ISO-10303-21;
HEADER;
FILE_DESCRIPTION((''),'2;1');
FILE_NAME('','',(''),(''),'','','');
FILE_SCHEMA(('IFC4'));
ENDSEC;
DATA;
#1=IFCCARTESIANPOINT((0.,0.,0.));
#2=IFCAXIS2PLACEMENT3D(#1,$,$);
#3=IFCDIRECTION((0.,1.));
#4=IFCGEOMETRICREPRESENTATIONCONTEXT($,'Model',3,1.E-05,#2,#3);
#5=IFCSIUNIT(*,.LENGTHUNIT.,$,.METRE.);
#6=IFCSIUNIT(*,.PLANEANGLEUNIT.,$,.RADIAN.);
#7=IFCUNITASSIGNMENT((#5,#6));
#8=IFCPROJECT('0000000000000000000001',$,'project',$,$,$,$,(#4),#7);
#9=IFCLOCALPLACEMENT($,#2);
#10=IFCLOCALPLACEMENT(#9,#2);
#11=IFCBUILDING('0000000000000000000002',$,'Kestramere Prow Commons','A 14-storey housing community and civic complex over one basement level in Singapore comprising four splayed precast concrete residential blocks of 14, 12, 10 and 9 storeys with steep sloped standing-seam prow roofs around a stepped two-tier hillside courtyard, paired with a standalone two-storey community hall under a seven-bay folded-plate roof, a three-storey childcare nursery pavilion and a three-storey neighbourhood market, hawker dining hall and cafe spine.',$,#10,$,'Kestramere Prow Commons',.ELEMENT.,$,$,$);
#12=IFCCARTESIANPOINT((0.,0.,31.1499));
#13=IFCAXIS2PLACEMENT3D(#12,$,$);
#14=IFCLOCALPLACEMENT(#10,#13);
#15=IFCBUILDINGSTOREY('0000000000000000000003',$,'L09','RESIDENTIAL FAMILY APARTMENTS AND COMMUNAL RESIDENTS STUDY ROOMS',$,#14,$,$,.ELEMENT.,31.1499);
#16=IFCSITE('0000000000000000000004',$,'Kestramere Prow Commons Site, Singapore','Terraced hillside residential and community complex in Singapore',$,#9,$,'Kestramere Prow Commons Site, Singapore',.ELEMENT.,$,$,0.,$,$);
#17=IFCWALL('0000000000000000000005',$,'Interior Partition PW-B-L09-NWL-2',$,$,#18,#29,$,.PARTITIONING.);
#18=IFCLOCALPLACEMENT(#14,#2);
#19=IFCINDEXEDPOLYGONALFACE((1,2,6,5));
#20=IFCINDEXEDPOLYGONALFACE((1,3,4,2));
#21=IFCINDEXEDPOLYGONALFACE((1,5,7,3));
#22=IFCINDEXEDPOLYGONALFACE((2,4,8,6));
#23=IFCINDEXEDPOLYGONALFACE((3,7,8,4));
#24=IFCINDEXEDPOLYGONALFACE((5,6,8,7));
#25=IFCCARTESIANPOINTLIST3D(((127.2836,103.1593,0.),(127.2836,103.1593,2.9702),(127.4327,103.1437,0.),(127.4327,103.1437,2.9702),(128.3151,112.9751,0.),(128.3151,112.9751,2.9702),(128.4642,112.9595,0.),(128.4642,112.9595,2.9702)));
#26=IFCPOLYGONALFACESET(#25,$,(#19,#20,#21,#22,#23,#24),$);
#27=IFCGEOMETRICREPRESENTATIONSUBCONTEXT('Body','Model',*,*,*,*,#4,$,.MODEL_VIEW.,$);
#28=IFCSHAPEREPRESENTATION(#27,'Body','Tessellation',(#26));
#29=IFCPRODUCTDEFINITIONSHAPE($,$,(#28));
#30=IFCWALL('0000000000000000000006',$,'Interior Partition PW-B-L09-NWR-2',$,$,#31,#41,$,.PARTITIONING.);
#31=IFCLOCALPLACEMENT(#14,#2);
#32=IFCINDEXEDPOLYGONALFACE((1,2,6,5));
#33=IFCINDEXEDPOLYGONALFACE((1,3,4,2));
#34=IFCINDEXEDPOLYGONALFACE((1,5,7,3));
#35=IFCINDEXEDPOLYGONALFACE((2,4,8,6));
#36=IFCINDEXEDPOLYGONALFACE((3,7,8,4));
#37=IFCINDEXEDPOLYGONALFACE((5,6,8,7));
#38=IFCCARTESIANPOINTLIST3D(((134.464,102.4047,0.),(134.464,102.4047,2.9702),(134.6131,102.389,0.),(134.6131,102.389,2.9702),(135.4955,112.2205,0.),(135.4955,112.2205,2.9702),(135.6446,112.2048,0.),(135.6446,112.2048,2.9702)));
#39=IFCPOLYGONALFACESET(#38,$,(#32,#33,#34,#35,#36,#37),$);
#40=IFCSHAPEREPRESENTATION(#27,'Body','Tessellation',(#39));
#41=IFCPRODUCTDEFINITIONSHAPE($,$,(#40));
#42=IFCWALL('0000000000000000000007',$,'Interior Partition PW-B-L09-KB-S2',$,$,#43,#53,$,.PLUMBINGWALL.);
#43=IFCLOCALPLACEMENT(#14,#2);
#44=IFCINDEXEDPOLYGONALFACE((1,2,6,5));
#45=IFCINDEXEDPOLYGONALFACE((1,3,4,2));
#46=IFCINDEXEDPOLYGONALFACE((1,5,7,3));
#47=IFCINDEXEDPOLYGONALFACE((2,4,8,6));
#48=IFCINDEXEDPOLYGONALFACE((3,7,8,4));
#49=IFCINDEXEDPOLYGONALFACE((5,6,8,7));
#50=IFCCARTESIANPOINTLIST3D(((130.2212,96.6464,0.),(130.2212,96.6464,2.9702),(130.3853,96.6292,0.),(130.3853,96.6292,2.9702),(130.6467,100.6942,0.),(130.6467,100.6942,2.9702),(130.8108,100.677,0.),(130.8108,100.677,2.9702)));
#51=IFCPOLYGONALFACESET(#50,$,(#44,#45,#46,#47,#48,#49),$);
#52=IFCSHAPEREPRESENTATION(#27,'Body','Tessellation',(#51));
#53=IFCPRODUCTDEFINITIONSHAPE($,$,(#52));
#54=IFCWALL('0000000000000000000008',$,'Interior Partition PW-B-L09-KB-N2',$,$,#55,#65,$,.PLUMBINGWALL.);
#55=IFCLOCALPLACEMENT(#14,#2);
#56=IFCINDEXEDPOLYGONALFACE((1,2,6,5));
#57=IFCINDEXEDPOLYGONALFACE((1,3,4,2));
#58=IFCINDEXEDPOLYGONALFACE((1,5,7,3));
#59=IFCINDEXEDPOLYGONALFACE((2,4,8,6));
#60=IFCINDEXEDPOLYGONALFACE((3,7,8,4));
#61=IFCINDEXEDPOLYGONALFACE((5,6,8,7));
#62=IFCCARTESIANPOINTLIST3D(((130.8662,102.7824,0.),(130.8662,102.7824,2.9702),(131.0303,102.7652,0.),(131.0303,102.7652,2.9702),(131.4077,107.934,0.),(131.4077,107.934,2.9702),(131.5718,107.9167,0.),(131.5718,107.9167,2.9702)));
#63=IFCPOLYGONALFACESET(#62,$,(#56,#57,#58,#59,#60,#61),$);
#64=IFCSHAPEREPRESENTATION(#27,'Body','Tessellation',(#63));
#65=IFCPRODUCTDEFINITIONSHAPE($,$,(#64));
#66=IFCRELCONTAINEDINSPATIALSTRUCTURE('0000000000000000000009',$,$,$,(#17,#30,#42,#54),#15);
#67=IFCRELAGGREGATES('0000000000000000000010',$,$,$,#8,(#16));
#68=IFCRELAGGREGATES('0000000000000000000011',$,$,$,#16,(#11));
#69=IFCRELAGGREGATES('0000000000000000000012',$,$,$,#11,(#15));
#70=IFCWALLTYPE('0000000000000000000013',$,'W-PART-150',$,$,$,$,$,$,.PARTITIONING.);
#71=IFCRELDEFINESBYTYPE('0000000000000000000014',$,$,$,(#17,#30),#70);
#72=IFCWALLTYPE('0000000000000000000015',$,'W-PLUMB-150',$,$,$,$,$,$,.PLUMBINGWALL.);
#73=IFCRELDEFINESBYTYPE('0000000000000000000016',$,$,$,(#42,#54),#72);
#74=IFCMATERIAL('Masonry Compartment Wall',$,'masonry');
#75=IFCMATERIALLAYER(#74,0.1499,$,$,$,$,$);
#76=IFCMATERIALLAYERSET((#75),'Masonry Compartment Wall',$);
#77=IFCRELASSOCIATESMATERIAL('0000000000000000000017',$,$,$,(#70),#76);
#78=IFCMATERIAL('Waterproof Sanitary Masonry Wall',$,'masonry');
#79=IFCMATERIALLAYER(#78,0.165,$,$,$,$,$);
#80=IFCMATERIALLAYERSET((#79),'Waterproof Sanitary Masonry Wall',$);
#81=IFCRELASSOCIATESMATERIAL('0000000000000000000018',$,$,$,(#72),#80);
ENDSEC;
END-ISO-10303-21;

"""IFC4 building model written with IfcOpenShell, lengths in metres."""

from ifc_helpers import new_model, si_unit, direction, frame, frame_2d, origin, place, context, subcontext, project, spatial, rectangle, extrude, material, layer, layer_set, type_object, element, save


model = new_model("IFC4")

# Units and contexts
model_context = context("Model", 3, precision=1e-05, world=origin(), true_north=direction((0.0, 1.0)))
body_context = subcontext(model_context, "Body", "Model", "MODEL_VIEW")
ifc_project = project(units=[si_unit("LENGTHUNIT", "METRE"), si_unit("PLANEANGLEUNIT", "RADIAN")], contexts=[model_context])

# Site, building, storey
site_placement = place(None, origin())
site = spatial("IfcSite", under=ifc_project, at=site_placement, Name="Kestramere Prow Commons Site, Singapore", Description="Terraced hillside residential and community complex in Singapore", LongName="Kestramere Prow Commons Site, Singapore", CompositionType="ELEMENT", RefElevation=0.0)
building_placement = place(site_placement, origin())
building = spatial("IfcBuilding", under=site, at=building_placement, Name="Kestramere Prow Commons", Description="A 14-storey housing community and civic complex over one basement level in Singapore comprising four splayed precast concrete residential blocks of 14, 12, 10 and 9 storeys with steep sloped standing-seam prow roofs around a stepped two-tier hillside courtyard, paired with a standalone two-storey community hall under a seven-bay folded-plate roof, a three-storey childcare nursery pavilion and a three-storey neighbourhood market, hawker dining hall and cafe spine.", LongName="Kestramere Prow Commons", CompositionType="ELEMENT")
storey_placement = place(building_placement, frame((0.0, 0.0, 31.1499)))
storey = spatial("IfcBuildingStorey", under=building, at=storey_placement, Name="L09", Description="RESIDENTIAL FAMILY APARTMENTS AND COMMUNAL RESIDENTS STUDY ROOMS", CompositionType="ELEMENT", Elevation=31.1499)

# Walls
ifc_material_1 = material(Name="Masonry Compartment Wall", Category="masonry")
ifc_layer_1 = layer(ifc_material_1, 0.1499)
ifc_layer_set_1 = layer_set([ifc_layer_1], Name="Masonry Compartment Wall")
wall_type_1 = type_object("IfcWallType", Name="W-PART-150", PredefinedType="PARTITIONING", material=ifc_layer_set_1)
for number, where, z_axis, x_axis, name in (
    (1, (127.3582, 103.1514, 0.0), (0.0, 0.0, 1.0), (0.104508, 0.994524, 0.0), "Interior Partition PW-B-L09-NWL-2"),
    (2, (134.5386, 102.3967, 0.0), (0.0, 0.0, 1.0), (0.104508, 0.994524, 0.0), "Interior Partition PW-B-L09-NWR-2"),
):
    element("IfcWall", number, at=place(storey_placement, frame(where, z_axis=z_axis, x_axis=x_axis)), inside=storey, type_object=wall_type_1, Name=name, PredefinedType="PARTITIONING", context=body_context, shape_type="SweptSolid", body=[
        extrude(rectangle(XDim=9.8699, YDim=0.1499, at=frame_2d((4.9351, 0.0))), origin(), (0.0, 0.0, 1.0), 2.9702),
    ])
ifc_material_2 = material(Name="Waterproof Sanitary Masonry Wall", Category="masonry")
ifc_layer_2 = layer(ifc_material_2, 0.165)
ifc_layer_set_2 = layer_set([ifc_layer_2], Name="Waterproof Sanitary Masonry Wall")
wall_type_2 = type_object("IfcWallType", Name="W-PLUMB-150", PredefinedType="PLUMBINGWALL", material=ifc_layer_set_2)
wall_1_placement = place(storey_placement, frame((130.3032, 96.6377, 0.0), z_axis=(0.0, 0.0, 1.0), x_axis=(0.104551, 0.99452, 0.0)))
element("IfcWall", 3, at=wall_1_placement, inside=storey, type_object=wall_type_2, Name="Interior Partition PW-B-L09-KB-S2", PredefinedType="PLUMBINGWALL", context=body_context, shape_type="SweptSolid", body=[
    extrude(rectangle(XDim=4.0701, YDim=0.165, at=frame_2d((2.0352, 0.0))), origin(), (0.0, 0.0, 1.0), 2.9702),
])
wall_2_placement = place(storey_placement, frame((130.9482, 102.7739, 0.0), z_axis=(0.0, 0.0, 1.0), x_axis=(0.104538, 0.994521, 0.0)))
element("IfcWall", 4, at=wall_2_placement, inside=storey, type_object=wall_type_2, Name="Interior Partition PW-B-L09-KB-N2", PredefinedType="PLUMBINGWALL", context=body_context, shape_type="SweptSolid", body=[
    extrude(rectangle(XDim=5.1799, YDim=0.165, at=frame_2d((2.5898, 0.0))), origin(), (0.0, 0.0, 1.0), 2.9702),
])

save(model, "model.ifc")
